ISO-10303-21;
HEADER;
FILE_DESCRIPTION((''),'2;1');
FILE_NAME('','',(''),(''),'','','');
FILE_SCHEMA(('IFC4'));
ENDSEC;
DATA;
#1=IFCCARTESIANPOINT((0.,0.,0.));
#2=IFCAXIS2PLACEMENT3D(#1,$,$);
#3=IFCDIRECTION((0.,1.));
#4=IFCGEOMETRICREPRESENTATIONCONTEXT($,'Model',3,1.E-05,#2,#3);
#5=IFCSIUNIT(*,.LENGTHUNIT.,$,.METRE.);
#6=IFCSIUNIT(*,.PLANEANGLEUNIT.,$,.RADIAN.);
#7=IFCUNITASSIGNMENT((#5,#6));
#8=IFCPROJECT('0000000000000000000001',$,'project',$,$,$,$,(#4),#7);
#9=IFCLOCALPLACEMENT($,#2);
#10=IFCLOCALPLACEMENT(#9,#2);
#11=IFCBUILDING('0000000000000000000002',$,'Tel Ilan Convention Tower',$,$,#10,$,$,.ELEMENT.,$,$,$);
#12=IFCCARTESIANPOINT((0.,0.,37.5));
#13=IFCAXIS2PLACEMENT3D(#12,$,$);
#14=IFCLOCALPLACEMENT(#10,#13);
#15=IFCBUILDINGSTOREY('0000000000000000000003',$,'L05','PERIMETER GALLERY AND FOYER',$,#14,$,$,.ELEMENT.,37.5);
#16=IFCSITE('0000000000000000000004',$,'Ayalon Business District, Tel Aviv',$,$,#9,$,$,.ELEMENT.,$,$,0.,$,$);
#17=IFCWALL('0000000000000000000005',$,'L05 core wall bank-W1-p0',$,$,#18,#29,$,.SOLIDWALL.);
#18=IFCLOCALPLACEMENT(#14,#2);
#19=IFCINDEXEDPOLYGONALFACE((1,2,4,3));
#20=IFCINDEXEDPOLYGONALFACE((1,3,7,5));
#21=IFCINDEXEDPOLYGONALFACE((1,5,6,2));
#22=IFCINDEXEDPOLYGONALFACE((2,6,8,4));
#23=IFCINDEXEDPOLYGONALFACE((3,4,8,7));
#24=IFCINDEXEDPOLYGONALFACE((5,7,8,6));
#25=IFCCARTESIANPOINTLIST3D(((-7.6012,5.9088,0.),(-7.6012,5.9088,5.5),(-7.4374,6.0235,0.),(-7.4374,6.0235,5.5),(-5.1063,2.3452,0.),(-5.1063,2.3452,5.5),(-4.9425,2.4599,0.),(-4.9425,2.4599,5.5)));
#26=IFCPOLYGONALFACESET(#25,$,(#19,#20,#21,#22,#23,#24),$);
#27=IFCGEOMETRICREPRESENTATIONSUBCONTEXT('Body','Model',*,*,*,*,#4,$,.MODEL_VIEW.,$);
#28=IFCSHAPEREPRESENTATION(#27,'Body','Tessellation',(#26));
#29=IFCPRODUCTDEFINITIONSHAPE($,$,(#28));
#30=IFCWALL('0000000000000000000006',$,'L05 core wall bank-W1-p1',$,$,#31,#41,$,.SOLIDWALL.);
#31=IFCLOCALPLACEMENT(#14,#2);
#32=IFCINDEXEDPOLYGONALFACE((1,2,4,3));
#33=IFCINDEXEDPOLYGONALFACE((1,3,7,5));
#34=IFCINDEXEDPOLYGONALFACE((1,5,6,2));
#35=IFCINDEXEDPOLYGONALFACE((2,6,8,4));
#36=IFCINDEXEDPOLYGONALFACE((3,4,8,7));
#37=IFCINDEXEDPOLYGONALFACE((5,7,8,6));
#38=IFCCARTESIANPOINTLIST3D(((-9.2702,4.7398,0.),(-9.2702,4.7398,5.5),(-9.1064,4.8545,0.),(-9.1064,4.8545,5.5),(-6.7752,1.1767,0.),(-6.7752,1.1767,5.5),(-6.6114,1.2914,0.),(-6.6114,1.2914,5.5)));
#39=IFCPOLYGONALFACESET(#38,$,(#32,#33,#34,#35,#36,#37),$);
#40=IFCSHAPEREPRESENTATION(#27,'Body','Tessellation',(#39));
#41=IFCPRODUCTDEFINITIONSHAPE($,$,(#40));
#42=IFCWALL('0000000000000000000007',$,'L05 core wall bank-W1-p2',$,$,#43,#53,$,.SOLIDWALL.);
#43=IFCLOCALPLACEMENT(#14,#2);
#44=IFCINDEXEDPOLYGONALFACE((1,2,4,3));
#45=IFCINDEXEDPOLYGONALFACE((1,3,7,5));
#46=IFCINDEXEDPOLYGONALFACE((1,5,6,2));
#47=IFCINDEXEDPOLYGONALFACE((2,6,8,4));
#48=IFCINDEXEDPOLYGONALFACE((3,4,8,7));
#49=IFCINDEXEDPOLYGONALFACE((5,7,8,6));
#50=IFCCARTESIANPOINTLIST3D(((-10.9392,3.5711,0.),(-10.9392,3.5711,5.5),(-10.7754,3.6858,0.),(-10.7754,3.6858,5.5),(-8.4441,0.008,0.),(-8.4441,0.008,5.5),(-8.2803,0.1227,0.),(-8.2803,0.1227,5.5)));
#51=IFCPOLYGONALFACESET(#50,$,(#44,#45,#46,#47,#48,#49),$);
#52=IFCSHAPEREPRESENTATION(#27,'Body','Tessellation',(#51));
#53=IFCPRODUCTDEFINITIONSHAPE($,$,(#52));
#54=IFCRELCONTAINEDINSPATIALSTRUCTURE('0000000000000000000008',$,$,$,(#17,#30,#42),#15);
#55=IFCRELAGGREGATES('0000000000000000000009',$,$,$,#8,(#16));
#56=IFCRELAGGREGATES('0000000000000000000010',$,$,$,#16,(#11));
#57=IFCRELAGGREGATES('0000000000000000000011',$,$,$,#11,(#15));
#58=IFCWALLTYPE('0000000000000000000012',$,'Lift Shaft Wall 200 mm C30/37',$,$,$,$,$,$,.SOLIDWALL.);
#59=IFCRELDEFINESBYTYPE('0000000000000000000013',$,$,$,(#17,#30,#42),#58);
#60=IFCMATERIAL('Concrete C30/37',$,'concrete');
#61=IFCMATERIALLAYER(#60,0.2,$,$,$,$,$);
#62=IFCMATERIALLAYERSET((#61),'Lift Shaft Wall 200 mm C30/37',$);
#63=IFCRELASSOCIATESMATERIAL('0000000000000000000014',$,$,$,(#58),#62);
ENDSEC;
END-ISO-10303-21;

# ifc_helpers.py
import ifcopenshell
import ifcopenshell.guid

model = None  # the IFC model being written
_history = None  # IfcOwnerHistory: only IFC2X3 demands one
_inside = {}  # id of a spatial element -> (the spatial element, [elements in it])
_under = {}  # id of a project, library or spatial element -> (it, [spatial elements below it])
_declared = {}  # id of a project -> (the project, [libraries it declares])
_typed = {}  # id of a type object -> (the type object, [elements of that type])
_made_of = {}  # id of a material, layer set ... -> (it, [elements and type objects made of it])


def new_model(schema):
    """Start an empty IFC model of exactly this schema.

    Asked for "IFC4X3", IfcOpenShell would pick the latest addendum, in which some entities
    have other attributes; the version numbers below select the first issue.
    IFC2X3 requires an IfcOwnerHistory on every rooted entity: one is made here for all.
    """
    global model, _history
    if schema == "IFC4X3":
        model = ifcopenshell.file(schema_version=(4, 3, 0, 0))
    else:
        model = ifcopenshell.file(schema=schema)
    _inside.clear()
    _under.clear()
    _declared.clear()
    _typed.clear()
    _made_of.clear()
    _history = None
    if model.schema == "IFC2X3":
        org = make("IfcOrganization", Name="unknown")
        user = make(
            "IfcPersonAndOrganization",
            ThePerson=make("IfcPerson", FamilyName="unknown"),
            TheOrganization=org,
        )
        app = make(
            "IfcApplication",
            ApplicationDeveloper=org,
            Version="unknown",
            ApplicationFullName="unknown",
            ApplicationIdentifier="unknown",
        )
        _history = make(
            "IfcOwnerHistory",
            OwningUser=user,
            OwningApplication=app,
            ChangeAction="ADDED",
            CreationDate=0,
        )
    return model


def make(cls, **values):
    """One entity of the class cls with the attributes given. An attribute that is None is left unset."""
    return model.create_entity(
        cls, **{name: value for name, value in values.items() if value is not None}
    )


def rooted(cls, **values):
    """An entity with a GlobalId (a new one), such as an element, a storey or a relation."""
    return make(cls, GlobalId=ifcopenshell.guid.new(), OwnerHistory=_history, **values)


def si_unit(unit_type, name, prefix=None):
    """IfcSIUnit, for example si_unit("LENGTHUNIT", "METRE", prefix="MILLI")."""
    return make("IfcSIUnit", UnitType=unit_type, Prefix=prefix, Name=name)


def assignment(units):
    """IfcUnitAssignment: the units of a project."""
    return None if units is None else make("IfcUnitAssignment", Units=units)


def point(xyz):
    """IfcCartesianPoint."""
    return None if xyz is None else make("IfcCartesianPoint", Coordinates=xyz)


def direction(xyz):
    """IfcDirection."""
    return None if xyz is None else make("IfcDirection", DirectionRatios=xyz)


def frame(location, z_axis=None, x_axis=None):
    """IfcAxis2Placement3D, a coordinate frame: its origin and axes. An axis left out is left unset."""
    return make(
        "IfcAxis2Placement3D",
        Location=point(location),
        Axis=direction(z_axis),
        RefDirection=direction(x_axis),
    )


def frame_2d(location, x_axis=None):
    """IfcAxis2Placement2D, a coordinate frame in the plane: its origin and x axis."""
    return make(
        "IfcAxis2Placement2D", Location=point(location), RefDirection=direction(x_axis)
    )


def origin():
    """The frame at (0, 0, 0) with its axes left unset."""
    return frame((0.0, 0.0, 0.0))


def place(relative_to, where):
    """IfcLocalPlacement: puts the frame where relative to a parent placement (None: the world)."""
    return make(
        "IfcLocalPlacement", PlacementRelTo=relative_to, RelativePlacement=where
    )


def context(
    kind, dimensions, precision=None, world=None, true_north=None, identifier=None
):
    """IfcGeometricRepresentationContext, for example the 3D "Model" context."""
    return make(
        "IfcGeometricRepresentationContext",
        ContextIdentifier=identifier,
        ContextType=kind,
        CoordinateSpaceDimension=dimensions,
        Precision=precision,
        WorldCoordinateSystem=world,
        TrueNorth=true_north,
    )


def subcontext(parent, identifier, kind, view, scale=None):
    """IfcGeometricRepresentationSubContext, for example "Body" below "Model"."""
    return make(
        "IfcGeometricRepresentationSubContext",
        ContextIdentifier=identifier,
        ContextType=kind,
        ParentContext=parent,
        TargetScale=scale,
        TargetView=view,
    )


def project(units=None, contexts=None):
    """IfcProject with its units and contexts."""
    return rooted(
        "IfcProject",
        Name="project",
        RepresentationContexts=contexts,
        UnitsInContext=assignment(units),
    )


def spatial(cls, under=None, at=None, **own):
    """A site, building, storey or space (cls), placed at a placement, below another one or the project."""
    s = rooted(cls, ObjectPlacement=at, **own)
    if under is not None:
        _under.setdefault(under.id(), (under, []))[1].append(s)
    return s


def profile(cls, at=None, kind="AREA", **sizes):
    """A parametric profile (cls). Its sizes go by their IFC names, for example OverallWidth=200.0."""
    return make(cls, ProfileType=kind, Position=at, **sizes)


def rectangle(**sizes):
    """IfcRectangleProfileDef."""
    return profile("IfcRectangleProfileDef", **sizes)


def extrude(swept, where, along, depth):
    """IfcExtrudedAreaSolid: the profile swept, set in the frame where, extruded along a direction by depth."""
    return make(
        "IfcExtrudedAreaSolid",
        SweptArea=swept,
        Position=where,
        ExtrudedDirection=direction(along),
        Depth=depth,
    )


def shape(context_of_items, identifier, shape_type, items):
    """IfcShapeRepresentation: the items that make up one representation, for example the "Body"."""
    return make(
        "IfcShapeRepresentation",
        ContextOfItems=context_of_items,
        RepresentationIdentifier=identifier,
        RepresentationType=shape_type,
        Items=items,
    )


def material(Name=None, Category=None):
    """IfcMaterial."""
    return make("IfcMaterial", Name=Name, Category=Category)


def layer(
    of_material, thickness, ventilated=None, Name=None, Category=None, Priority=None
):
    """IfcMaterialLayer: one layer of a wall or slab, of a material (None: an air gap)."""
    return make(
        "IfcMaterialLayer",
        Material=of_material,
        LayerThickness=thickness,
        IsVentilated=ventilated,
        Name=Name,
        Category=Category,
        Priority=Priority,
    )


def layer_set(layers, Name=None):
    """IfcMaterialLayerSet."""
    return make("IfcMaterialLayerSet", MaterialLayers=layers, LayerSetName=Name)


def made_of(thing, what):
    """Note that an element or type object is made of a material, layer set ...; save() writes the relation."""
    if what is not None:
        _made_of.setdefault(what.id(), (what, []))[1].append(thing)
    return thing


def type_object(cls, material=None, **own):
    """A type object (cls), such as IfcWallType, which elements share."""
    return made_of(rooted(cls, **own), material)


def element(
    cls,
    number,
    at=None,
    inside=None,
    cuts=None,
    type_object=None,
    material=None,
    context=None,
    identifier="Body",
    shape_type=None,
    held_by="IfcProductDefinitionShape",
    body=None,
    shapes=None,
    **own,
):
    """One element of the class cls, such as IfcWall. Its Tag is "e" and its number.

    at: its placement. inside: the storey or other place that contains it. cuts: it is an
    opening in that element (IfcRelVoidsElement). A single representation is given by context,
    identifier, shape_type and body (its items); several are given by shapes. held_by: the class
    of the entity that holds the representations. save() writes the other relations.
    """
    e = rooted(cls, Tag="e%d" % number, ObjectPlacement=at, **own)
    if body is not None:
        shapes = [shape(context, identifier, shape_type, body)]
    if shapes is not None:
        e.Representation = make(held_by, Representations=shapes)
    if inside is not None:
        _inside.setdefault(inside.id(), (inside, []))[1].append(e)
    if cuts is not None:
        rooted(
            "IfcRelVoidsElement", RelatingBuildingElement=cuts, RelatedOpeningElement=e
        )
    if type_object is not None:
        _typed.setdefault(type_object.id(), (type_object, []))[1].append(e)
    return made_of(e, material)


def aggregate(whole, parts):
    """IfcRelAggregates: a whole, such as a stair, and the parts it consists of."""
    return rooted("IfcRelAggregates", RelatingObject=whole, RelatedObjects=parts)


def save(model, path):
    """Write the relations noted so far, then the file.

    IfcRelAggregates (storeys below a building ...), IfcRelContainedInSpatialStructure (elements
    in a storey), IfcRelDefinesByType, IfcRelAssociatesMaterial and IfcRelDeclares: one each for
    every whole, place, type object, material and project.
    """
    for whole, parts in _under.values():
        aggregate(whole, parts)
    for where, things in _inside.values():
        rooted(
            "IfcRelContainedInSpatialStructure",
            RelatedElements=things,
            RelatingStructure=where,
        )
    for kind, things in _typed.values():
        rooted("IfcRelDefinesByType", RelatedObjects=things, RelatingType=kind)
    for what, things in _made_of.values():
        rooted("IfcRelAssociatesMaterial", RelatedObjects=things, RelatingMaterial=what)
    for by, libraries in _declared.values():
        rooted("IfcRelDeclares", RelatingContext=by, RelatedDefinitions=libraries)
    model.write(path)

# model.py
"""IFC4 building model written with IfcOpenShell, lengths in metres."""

from ifc_helpers import new_model, si_unit, direction, frame, frame_2d, origin, place, context, subcontext, project, spatial, rectangle, extrude, material, layer, layer_set, type_object, element, save


model = new_model("IFC4")

# Units and contexts
model_context = context("Model", 3, precision=1e-05, world=origin(), true_north=direction((0.0, 1.0)))
body_context = subcontext(model_context, "Body", "Model", "MODEL_VIEW")
ifc_project = project(units=[si_unit("LENGTHUNIT", "METRE"), si_unit("PLANEANGLEUNIT", "RADIAN")], contexts=[model_context])

# Site, building, storey
site_placement = place(None, origin())
site = spatial("IfcSite", under=ifc_project, at=site_placement, Name="Ayalon Business District, Tel Aviv", CompositionType="ELEMENT", RefElevation=0.0)
building_placement = place(site_placement, origin())
building = spatial("IfcBuilding", under=site, at=building_placement, Name="Tel Ilan Convention Tower", CompositionType="ELEMENT")
storey_placement = place(building_placement, frame((0.0, 0.0, 37.5)))
storey = spatial("IfcBuildingStorey", under=building, at=storey_placement, Name="L05", Description="PERIMETER GALLERY AND FOYER", CompositionType="ELEMENT", Elevation=37.5)

# Walls
ifc_material_1 = material(Name="Concrete C30/37", Category="concrete")
ifc_layer_1 = layer(ifc_material_1, 0.2)
ifc_layer_set_1 = layer_set([ifc_layer_1], Name="Lift Shaft Wall 200 mm C30/37")
wall_type_1 = type_object("IfcWallType", Name="Lift Shaft Wall 200 mm C30/37", PredefinedType="SOLIDWALL", material=ifc_layer_set_1)
wall_1_placement = place(storey_placement, frame((-5.0244, 2.4026, 0.0), z_axis=(0.0, 0.0, 1.0), x_axis=(-0.57353, 0.819184, 0.0)))
element("IfcWall", 1, at=wall_1_placement, inside=storey, type_object=wall_type_1, Name="L05 core wall bank-W1-p0", PredefinedType="SOLIDWALL", context=body_context, shape_type="SweptSolid", body=[
    extrude(rectangle(XDim=4.3501, YDim=0.2, at=frame_2d((2.175, 0.0))), origin(), (0.0, 0.0, 1.0), 5.5),
])
for number, where, z_axis, x_axis, name in (
    (2, (-6.6934, 1.2341, 0.0), (0.0, 0.0, 1.0), (-0.573594, 0.81914, 0.0), "L05 core wall bank-W1-p1"),
    (3, (-8.3623, 0.0654, 0.0), (0.0, 0.0, 1.0), (-0.573594, 0.81914, 0.0), "L05 core wall bank-W1-p2"),
):
    element("IfcWall", number, at=place(storey_placement, frame(where, z_axis=z_axis, x_axis=x_axis)), inside=storey, type_object=wall_type_1, Name=name, PredefinedType="SOLIDWALL", context=body_context, shape_type="SweptSolid", body=[
        extrude(rectangle(XDim=4.3499, YDim=0.2, at=frame_2d((2.1748, 0.0))), origin(), (0.0, 0.0, 1.0), 5.5),
    ])

save(model, "model.ifc")
